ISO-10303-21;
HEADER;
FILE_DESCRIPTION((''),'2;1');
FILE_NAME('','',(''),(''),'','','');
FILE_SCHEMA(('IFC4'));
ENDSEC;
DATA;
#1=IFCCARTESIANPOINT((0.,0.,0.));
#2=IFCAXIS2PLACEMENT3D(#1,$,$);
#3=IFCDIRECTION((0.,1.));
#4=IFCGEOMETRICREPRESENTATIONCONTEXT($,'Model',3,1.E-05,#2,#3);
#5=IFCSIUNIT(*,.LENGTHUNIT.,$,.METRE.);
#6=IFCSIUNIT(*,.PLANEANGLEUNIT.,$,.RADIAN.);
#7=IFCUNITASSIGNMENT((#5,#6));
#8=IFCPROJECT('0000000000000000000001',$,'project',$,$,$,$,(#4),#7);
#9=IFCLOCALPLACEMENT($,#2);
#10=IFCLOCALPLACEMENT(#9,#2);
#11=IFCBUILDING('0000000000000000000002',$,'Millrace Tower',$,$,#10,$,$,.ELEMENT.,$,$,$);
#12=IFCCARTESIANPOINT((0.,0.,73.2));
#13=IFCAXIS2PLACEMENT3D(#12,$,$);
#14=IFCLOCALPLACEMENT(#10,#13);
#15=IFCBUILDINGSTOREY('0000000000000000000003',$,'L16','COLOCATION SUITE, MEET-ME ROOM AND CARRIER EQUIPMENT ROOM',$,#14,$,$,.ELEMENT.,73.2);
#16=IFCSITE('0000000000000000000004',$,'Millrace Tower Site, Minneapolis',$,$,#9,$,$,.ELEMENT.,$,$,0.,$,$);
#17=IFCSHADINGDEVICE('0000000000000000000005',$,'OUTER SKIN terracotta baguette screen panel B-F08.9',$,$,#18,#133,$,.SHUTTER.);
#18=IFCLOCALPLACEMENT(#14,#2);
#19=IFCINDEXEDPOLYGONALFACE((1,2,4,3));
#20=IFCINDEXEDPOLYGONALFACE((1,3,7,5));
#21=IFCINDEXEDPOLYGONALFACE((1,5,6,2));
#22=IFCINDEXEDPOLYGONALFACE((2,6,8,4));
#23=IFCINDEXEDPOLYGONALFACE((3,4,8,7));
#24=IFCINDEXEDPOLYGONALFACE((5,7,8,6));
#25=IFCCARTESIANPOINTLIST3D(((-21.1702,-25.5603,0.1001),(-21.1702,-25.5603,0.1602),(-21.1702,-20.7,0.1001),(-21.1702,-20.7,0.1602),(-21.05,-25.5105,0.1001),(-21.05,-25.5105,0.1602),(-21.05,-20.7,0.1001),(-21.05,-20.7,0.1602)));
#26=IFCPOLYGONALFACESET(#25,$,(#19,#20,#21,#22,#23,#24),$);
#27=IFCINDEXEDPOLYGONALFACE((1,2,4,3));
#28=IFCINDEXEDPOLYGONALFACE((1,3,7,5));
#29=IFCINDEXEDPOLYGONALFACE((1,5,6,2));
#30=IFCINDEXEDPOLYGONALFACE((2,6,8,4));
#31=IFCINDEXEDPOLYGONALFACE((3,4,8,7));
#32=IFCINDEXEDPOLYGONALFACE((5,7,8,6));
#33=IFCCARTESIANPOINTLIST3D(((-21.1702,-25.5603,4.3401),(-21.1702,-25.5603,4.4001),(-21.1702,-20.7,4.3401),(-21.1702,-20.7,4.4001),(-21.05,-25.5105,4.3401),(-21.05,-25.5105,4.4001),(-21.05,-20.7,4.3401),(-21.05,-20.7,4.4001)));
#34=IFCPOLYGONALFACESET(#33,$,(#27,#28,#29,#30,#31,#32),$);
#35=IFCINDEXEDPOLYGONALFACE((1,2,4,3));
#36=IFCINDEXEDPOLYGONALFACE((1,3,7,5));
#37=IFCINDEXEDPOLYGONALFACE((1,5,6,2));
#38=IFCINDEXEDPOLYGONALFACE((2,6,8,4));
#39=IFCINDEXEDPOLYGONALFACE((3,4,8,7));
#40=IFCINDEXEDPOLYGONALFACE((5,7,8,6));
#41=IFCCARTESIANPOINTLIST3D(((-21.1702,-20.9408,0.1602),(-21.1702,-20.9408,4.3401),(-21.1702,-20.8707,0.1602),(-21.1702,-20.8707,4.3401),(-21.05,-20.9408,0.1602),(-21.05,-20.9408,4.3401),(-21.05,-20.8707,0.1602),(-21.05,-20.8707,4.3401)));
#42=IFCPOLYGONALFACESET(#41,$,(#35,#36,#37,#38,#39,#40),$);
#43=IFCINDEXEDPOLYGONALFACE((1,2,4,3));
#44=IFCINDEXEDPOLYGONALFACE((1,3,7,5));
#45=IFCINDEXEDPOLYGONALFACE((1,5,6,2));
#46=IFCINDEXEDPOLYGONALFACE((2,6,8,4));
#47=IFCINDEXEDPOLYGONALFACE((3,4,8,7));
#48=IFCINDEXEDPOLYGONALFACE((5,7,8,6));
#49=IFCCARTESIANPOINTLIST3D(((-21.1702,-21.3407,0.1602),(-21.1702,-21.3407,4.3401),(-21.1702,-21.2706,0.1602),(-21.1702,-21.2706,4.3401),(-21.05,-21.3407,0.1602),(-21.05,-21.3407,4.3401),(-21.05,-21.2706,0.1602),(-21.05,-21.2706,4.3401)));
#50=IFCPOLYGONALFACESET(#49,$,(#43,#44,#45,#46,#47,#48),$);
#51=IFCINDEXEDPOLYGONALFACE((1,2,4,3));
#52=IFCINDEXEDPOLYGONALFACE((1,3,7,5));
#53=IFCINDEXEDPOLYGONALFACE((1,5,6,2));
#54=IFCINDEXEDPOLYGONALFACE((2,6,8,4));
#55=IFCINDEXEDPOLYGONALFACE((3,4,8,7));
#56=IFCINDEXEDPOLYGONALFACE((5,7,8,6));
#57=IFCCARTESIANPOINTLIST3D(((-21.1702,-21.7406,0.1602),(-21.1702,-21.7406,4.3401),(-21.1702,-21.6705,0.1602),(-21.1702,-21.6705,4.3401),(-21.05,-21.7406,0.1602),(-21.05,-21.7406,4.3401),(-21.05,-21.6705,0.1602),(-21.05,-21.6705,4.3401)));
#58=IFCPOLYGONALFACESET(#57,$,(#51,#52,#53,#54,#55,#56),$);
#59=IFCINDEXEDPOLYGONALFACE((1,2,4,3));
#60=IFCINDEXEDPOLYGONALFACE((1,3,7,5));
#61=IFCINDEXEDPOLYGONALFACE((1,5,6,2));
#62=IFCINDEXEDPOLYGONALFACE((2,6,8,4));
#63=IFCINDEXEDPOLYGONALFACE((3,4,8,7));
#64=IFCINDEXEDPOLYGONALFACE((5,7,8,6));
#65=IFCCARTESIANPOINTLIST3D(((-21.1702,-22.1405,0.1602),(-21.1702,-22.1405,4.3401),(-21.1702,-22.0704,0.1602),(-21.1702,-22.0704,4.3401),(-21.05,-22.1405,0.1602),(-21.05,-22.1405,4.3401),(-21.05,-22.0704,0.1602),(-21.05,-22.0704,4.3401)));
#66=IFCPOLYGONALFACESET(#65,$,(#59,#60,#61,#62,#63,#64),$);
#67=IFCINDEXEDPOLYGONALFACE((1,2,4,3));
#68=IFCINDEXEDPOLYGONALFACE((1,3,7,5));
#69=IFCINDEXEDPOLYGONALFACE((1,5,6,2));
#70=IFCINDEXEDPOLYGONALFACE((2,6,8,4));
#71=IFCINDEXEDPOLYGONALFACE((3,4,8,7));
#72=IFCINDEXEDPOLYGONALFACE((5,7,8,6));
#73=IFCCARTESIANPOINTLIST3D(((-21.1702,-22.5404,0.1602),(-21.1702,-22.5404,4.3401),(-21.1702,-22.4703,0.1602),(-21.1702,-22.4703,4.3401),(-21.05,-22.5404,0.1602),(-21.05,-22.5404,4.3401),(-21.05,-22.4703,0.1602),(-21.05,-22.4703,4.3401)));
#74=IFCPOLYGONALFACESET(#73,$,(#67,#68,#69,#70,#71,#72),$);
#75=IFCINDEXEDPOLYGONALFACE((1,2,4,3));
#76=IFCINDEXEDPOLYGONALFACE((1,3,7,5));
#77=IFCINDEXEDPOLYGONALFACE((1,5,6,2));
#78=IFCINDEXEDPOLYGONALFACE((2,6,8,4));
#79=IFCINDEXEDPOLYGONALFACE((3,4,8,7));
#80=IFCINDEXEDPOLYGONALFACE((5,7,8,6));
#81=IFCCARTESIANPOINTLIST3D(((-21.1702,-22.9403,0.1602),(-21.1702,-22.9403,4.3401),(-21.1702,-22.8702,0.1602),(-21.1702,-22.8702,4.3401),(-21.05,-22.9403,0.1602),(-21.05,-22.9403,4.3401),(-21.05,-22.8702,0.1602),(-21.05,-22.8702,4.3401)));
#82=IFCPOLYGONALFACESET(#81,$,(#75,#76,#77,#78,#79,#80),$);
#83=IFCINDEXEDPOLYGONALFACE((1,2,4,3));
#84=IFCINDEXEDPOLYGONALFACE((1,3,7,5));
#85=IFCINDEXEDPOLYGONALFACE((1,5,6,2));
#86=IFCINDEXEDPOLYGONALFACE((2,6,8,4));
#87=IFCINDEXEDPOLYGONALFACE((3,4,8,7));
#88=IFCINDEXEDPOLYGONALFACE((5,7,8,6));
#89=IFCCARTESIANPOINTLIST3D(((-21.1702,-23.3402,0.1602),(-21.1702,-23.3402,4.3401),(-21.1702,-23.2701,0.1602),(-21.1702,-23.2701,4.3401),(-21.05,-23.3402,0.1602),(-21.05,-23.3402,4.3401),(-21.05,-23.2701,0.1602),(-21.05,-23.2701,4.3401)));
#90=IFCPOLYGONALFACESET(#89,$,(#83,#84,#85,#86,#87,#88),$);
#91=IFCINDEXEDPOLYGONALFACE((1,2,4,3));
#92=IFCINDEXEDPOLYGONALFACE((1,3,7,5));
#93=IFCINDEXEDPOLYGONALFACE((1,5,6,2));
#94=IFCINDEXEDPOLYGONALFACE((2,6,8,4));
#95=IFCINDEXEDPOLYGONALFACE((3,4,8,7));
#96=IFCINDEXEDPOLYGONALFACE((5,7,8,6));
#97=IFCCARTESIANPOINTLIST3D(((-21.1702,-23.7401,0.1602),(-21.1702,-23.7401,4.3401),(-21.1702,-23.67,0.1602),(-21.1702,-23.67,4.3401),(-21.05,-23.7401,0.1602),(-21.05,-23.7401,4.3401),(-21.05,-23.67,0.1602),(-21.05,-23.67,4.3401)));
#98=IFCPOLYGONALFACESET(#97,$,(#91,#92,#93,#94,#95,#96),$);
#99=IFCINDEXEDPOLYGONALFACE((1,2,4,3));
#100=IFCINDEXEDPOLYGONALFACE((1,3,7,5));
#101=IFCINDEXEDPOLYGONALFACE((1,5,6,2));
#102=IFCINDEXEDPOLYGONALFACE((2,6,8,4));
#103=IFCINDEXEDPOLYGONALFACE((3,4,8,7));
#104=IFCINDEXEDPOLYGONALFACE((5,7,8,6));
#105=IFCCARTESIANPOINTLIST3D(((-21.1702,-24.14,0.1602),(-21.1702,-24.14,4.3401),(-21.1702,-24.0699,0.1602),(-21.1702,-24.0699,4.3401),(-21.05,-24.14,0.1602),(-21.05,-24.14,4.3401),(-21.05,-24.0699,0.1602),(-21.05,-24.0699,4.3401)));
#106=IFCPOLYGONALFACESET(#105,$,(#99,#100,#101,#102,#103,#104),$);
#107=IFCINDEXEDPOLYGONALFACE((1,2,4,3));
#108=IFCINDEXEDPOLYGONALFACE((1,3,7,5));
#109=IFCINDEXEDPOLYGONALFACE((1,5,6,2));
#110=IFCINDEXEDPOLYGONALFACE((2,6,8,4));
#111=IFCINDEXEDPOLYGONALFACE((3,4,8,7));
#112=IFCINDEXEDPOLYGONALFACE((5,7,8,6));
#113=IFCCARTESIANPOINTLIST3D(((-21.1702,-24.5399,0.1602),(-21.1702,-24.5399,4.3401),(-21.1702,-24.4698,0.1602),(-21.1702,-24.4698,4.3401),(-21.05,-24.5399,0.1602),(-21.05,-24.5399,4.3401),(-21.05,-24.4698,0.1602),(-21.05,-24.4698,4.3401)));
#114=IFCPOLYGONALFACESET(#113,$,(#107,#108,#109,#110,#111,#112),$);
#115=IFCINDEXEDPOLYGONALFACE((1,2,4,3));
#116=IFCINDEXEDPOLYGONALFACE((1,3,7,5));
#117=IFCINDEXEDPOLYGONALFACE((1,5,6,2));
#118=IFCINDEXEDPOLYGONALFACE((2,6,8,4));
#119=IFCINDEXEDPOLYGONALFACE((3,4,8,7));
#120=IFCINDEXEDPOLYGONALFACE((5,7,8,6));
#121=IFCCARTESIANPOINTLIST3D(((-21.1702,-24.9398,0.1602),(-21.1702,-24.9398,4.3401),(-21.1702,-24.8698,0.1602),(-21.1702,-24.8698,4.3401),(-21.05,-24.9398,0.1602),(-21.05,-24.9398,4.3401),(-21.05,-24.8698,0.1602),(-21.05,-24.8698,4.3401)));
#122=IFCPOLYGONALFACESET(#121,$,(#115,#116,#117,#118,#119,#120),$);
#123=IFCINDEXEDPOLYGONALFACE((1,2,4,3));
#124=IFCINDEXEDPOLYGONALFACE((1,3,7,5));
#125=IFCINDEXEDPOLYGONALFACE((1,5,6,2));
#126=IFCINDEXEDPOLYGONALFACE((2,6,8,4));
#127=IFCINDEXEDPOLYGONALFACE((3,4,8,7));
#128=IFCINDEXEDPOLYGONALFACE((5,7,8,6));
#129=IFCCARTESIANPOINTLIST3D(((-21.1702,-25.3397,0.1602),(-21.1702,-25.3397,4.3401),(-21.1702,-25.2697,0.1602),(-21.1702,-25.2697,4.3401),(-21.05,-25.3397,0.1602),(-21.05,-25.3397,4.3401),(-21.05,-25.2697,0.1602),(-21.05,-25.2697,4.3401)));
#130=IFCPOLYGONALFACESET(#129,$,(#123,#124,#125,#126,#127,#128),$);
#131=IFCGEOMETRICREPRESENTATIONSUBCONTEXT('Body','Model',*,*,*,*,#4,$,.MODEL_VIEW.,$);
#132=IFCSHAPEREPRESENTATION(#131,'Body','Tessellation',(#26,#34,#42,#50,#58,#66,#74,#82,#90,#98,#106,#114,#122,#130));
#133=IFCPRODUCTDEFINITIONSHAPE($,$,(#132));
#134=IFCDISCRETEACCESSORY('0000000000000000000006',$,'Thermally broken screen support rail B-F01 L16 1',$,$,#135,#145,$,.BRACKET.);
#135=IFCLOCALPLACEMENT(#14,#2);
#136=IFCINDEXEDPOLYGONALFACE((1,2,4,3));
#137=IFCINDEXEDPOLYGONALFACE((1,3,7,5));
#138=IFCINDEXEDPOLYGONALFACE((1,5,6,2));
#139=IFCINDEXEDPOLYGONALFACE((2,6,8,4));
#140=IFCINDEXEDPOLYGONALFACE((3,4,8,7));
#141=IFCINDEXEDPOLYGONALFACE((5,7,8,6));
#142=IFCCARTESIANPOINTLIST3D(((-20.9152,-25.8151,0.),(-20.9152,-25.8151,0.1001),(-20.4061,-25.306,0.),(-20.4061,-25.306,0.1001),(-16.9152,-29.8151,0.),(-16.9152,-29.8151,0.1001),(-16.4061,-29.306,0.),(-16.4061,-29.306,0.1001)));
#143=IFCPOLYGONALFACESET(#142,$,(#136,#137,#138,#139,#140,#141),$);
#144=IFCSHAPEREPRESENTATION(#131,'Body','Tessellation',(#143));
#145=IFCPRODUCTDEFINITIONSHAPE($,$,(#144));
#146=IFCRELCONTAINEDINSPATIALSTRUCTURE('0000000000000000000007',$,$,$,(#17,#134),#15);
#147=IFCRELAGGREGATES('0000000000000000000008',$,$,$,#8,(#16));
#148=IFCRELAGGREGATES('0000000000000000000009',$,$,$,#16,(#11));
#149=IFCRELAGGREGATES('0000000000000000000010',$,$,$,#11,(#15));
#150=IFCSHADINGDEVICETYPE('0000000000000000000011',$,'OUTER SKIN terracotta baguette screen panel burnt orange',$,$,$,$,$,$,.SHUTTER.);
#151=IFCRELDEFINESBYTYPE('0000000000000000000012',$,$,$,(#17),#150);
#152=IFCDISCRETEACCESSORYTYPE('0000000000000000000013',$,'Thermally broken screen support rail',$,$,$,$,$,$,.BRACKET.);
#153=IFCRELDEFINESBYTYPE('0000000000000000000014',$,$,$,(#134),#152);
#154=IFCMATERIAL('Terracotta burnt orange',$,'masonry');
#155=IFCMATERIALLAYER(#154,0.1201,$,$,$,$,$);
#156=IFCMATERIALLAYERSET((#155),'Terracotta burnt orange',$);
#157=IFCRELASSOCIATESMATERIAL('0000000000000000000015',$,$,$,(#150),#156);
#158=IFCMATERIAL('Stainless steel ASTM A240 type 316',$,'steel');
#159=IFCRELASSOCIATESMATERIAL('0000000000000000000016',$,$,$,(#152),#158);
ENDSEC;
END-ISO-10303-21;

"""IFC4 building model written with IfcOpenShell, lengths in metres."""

from ifc_helpers import new_model, entity, si_unit, direction, frame, frame_2d, origin, origin_2d, place, context, subcontext, project, spatial, rectangle, extrude, source, transform, mapped, material, layer, layer_set, type_object, element, save


model = new_model("IFC4")

# Units and contexts
model_context = context("Model", 3, precision=1e-05, world=origin(), true_north=direction((0.0, 1.0)))
body_context = subcontext(model_context, "Body", "Model", "MODEL_VIEW")
ifc_project = project(units=[si_unit("LENGTHUNIT", "METRE"), si_unit("PLANEANGLEUNIT", "RADIAN")], contexts=[model_context])

# Site, building, storey
site_placement = place(None, origin())
site = spatial("IfcSite", under=ifc_project, at=site_placement, Name="Millrace Tower Site, Minneapolis", CompositionType="ELEMENT", RefElevation=0.0)
building_placement = place(site_placement, origin())
building = spatial("IfcBuilding", under=site, at=building_placement, Name="Millrace Tower", CompositionType="ELEMENT")
storey_placement = place(building_placement, frame((0.0, 0.0, 73.2)))
storey = spatial("IfcBuildingStorey", under=building, at=storey_placement, Name="L16", Description="COLOCATION SUITE, MEET-ME ROOM AND CARRIER EQUIPMENT ROOM", CompositionType="ELEMENT", Elevation=73.2)

# Shading device
ifc_material_1 = material(Name="Terracotta burnt orange", Category="masonry")
ifc_layer_1 = layer(ifc_material_1, 0.1201)
ifc_layer_set_1 = layer_set([ifc_layer_1], Name="Terracotta burnt orange")
shading_device_type = type_object("IfcShadingDeviceType", Name="OUTER SKIN terracotta baguette screen panel burnt orange", PredefinedType="SHUTTER", material=ifc_layer_set_1)
cartesian_point_1 = entity("IfcCartesianPoint", [-2.4177, 0.0601])
shared_polyline_1 = entity("IfcPolyline", [cartesian_point_1, entity("IfcCartesianPoint", [2.3928, 0.0601]), entity("IfcCartesianPoint", [2.4426, -0.0601]), entity("IfcCartesianPoint", [-2.4177, -0.0601]), cartesian_point_1])
shared_shape_1 = source(origin(), body_context, "Body", "SweptSolid", [
    entity("IfcExtrudedAreaSolid", entity("IfcArbitraryClosedProfileDef", "AREA", None, shared_polyline_1), entity("IfcAxis2Placement3D", entity("IfcCartesianPoint", [0.0, 0.0, 0.0])), entity("IfcDirection", [0.0, 0.0, 1.0]), 0.0601),
    entity("IfcExtrudedAreaSolid", entity("IfcArbitraryClosedProfileDef", "AREA", None, shared_polyline_1), entity("IfcAxis2Placement3D", entity("IfcCartesianPoint", [0.0, 0.0, 4.24])), entity("IfcDirection", [0.0, 0.0, 1.0]), 0.0601),
    extrude(rectangle(XDim=0.0701, YDim=0.1201, at=frame_2d((-2.2119, 0.0))), frame((0.0, 0.0, 0.0601)), (0.0, 0.0, 1.0), 4.1799),
    extrude(rectangle(XDim=0.0701, YDim=0.1201, at=frame_2d((-1.812, 0.0))), frame((0.0, 0.0, 0.0601)), (0.0, 0.0, 1.0), 4.1799),
    extrude(rectangle(XDim=0.0701, YDim=0.1201, at=frame_2d((-1.4121, 0.0))), frame((0.0, 0.0, 0.0601)), (0.0, 0.0, 1.0), 4.1799),
    extrude(rectangle(XDim=0.0701, YDim=0.1201, at=frame_2d((-1.0122, 0.0))), frame((0.0, 0.0, 0.0601)), (0.0, 0.0, 1.0), 4.1799),
    extrude(rectangle(XDim=0.0701, YDim=0.1201, at=frame_2d((-0.6123, 0.0))), frame((0.0, 0.0, 0.0601)), (0.0, 0.0, 1.0), 4.1799),
    extrude(rectangle(XDim=0.0701, YDim=0.1201, at=frame_2d((-0.2124, 0.0))), frame((0.0, 0.0, 0.0601)), (0.0, 0.0, 1.0), 4.1799),
    extrude(rectangle(XDim=0.0701, YDim=0.1201, at=frame_2d((0.1875, 0.0))), frame((0.0, 0.0, 0.0601)), (0.0, 0.0, 1.0), 4.1799),
    extrude(rectangle(XDim=0.0701, YDim=0.1201, at=frame_2d((0.5874, 0.0))), frame((0.0, 0.0, 0.0601)), (0.0, 0.0, 1.0), 4.1799),
    extrude(rectangle(XDim=0.0701, YDim=0.1201, at=frame_2d((0.9873, 0.0))), frame((0.0, 0.0, 0.0601)), (0.0, 0.0, 1.0), 4.1799),
    extrude(rectangle(XDim=0.0701, YDim=0.1201, at=frame_2d((1.3872, 0.0))), frame((0.0, 0.0, 0.0601)), (0.0, 0.0, 1.0), 4.1799),
    extrude(rectangle(XDim=0.0701, YDim=0.1201, at=frame_2d((1.7871, 0.0))), frame((0.0, 0.0, 0.0601)), (0.0, 0.0, 1.0), 4.1799),
    extrude(rectangle(XDim=0.0701, YDim=0.1201, at=frame_2d((2.187, 0.0))), frame((0.0, 0.0, 0.0601)), (0.0, 0.0, 1.0), 4.1799),
])
shading_device_1_placement = place(storey_placement, frame((-21.1101, -23.1177, 0.1001), z_axis=(0.0, 0.0, 1.0), x_axis=(0.0, -1.0, 0.0)))
element("IfcShadingDevice", 1, at=shading_device_1_placement, inside=storey, type_object=shading_device_type, Name="OUTER SKIN terracotta baguette screen panel B-F08.9", PredefinedType="SHUTTER", context=body_context, shape_type="MappedRepresentation", body=[
    mapped(shared_shape_1, transform((0.0, 0.0, 0.0), scale=1.0)),
])

# Discrete accessory
ifc_material_2 = material(Name="Stainless steel ASTM A240 type 316", Category="steel")
discrete_accessory_type = type_object("IfcDiscreteAccessoryType", Name="Thermally broken screen support rail", PredefinedType="BRACKET", material=ifc_material_2)
discrete_accessory_placement = place(storey_placement, frame((-18.6606, -27.5605, 0.0), z_axis=(0.0, 0.0, 1.0), x_axis=(0.707107, -0.707107, 0.0)))
element("IfcDiscreteAccessory", 2, at=discrete_accessory_placement, inside=storey, type_object=discrete_accessory_type, Name="Thermally broken screen support rail B-F01 L16 1", PredefinedType="BRACKET", context=body_context, shape_type="SweptSolid", body=[
    extrude(rectangle(XDim=5.6567, YDim=0.72, at=origin_2d()), origin(), (0.0, 0.0, 1.0), 0.1001),
])

save(model, "model.ifc")
